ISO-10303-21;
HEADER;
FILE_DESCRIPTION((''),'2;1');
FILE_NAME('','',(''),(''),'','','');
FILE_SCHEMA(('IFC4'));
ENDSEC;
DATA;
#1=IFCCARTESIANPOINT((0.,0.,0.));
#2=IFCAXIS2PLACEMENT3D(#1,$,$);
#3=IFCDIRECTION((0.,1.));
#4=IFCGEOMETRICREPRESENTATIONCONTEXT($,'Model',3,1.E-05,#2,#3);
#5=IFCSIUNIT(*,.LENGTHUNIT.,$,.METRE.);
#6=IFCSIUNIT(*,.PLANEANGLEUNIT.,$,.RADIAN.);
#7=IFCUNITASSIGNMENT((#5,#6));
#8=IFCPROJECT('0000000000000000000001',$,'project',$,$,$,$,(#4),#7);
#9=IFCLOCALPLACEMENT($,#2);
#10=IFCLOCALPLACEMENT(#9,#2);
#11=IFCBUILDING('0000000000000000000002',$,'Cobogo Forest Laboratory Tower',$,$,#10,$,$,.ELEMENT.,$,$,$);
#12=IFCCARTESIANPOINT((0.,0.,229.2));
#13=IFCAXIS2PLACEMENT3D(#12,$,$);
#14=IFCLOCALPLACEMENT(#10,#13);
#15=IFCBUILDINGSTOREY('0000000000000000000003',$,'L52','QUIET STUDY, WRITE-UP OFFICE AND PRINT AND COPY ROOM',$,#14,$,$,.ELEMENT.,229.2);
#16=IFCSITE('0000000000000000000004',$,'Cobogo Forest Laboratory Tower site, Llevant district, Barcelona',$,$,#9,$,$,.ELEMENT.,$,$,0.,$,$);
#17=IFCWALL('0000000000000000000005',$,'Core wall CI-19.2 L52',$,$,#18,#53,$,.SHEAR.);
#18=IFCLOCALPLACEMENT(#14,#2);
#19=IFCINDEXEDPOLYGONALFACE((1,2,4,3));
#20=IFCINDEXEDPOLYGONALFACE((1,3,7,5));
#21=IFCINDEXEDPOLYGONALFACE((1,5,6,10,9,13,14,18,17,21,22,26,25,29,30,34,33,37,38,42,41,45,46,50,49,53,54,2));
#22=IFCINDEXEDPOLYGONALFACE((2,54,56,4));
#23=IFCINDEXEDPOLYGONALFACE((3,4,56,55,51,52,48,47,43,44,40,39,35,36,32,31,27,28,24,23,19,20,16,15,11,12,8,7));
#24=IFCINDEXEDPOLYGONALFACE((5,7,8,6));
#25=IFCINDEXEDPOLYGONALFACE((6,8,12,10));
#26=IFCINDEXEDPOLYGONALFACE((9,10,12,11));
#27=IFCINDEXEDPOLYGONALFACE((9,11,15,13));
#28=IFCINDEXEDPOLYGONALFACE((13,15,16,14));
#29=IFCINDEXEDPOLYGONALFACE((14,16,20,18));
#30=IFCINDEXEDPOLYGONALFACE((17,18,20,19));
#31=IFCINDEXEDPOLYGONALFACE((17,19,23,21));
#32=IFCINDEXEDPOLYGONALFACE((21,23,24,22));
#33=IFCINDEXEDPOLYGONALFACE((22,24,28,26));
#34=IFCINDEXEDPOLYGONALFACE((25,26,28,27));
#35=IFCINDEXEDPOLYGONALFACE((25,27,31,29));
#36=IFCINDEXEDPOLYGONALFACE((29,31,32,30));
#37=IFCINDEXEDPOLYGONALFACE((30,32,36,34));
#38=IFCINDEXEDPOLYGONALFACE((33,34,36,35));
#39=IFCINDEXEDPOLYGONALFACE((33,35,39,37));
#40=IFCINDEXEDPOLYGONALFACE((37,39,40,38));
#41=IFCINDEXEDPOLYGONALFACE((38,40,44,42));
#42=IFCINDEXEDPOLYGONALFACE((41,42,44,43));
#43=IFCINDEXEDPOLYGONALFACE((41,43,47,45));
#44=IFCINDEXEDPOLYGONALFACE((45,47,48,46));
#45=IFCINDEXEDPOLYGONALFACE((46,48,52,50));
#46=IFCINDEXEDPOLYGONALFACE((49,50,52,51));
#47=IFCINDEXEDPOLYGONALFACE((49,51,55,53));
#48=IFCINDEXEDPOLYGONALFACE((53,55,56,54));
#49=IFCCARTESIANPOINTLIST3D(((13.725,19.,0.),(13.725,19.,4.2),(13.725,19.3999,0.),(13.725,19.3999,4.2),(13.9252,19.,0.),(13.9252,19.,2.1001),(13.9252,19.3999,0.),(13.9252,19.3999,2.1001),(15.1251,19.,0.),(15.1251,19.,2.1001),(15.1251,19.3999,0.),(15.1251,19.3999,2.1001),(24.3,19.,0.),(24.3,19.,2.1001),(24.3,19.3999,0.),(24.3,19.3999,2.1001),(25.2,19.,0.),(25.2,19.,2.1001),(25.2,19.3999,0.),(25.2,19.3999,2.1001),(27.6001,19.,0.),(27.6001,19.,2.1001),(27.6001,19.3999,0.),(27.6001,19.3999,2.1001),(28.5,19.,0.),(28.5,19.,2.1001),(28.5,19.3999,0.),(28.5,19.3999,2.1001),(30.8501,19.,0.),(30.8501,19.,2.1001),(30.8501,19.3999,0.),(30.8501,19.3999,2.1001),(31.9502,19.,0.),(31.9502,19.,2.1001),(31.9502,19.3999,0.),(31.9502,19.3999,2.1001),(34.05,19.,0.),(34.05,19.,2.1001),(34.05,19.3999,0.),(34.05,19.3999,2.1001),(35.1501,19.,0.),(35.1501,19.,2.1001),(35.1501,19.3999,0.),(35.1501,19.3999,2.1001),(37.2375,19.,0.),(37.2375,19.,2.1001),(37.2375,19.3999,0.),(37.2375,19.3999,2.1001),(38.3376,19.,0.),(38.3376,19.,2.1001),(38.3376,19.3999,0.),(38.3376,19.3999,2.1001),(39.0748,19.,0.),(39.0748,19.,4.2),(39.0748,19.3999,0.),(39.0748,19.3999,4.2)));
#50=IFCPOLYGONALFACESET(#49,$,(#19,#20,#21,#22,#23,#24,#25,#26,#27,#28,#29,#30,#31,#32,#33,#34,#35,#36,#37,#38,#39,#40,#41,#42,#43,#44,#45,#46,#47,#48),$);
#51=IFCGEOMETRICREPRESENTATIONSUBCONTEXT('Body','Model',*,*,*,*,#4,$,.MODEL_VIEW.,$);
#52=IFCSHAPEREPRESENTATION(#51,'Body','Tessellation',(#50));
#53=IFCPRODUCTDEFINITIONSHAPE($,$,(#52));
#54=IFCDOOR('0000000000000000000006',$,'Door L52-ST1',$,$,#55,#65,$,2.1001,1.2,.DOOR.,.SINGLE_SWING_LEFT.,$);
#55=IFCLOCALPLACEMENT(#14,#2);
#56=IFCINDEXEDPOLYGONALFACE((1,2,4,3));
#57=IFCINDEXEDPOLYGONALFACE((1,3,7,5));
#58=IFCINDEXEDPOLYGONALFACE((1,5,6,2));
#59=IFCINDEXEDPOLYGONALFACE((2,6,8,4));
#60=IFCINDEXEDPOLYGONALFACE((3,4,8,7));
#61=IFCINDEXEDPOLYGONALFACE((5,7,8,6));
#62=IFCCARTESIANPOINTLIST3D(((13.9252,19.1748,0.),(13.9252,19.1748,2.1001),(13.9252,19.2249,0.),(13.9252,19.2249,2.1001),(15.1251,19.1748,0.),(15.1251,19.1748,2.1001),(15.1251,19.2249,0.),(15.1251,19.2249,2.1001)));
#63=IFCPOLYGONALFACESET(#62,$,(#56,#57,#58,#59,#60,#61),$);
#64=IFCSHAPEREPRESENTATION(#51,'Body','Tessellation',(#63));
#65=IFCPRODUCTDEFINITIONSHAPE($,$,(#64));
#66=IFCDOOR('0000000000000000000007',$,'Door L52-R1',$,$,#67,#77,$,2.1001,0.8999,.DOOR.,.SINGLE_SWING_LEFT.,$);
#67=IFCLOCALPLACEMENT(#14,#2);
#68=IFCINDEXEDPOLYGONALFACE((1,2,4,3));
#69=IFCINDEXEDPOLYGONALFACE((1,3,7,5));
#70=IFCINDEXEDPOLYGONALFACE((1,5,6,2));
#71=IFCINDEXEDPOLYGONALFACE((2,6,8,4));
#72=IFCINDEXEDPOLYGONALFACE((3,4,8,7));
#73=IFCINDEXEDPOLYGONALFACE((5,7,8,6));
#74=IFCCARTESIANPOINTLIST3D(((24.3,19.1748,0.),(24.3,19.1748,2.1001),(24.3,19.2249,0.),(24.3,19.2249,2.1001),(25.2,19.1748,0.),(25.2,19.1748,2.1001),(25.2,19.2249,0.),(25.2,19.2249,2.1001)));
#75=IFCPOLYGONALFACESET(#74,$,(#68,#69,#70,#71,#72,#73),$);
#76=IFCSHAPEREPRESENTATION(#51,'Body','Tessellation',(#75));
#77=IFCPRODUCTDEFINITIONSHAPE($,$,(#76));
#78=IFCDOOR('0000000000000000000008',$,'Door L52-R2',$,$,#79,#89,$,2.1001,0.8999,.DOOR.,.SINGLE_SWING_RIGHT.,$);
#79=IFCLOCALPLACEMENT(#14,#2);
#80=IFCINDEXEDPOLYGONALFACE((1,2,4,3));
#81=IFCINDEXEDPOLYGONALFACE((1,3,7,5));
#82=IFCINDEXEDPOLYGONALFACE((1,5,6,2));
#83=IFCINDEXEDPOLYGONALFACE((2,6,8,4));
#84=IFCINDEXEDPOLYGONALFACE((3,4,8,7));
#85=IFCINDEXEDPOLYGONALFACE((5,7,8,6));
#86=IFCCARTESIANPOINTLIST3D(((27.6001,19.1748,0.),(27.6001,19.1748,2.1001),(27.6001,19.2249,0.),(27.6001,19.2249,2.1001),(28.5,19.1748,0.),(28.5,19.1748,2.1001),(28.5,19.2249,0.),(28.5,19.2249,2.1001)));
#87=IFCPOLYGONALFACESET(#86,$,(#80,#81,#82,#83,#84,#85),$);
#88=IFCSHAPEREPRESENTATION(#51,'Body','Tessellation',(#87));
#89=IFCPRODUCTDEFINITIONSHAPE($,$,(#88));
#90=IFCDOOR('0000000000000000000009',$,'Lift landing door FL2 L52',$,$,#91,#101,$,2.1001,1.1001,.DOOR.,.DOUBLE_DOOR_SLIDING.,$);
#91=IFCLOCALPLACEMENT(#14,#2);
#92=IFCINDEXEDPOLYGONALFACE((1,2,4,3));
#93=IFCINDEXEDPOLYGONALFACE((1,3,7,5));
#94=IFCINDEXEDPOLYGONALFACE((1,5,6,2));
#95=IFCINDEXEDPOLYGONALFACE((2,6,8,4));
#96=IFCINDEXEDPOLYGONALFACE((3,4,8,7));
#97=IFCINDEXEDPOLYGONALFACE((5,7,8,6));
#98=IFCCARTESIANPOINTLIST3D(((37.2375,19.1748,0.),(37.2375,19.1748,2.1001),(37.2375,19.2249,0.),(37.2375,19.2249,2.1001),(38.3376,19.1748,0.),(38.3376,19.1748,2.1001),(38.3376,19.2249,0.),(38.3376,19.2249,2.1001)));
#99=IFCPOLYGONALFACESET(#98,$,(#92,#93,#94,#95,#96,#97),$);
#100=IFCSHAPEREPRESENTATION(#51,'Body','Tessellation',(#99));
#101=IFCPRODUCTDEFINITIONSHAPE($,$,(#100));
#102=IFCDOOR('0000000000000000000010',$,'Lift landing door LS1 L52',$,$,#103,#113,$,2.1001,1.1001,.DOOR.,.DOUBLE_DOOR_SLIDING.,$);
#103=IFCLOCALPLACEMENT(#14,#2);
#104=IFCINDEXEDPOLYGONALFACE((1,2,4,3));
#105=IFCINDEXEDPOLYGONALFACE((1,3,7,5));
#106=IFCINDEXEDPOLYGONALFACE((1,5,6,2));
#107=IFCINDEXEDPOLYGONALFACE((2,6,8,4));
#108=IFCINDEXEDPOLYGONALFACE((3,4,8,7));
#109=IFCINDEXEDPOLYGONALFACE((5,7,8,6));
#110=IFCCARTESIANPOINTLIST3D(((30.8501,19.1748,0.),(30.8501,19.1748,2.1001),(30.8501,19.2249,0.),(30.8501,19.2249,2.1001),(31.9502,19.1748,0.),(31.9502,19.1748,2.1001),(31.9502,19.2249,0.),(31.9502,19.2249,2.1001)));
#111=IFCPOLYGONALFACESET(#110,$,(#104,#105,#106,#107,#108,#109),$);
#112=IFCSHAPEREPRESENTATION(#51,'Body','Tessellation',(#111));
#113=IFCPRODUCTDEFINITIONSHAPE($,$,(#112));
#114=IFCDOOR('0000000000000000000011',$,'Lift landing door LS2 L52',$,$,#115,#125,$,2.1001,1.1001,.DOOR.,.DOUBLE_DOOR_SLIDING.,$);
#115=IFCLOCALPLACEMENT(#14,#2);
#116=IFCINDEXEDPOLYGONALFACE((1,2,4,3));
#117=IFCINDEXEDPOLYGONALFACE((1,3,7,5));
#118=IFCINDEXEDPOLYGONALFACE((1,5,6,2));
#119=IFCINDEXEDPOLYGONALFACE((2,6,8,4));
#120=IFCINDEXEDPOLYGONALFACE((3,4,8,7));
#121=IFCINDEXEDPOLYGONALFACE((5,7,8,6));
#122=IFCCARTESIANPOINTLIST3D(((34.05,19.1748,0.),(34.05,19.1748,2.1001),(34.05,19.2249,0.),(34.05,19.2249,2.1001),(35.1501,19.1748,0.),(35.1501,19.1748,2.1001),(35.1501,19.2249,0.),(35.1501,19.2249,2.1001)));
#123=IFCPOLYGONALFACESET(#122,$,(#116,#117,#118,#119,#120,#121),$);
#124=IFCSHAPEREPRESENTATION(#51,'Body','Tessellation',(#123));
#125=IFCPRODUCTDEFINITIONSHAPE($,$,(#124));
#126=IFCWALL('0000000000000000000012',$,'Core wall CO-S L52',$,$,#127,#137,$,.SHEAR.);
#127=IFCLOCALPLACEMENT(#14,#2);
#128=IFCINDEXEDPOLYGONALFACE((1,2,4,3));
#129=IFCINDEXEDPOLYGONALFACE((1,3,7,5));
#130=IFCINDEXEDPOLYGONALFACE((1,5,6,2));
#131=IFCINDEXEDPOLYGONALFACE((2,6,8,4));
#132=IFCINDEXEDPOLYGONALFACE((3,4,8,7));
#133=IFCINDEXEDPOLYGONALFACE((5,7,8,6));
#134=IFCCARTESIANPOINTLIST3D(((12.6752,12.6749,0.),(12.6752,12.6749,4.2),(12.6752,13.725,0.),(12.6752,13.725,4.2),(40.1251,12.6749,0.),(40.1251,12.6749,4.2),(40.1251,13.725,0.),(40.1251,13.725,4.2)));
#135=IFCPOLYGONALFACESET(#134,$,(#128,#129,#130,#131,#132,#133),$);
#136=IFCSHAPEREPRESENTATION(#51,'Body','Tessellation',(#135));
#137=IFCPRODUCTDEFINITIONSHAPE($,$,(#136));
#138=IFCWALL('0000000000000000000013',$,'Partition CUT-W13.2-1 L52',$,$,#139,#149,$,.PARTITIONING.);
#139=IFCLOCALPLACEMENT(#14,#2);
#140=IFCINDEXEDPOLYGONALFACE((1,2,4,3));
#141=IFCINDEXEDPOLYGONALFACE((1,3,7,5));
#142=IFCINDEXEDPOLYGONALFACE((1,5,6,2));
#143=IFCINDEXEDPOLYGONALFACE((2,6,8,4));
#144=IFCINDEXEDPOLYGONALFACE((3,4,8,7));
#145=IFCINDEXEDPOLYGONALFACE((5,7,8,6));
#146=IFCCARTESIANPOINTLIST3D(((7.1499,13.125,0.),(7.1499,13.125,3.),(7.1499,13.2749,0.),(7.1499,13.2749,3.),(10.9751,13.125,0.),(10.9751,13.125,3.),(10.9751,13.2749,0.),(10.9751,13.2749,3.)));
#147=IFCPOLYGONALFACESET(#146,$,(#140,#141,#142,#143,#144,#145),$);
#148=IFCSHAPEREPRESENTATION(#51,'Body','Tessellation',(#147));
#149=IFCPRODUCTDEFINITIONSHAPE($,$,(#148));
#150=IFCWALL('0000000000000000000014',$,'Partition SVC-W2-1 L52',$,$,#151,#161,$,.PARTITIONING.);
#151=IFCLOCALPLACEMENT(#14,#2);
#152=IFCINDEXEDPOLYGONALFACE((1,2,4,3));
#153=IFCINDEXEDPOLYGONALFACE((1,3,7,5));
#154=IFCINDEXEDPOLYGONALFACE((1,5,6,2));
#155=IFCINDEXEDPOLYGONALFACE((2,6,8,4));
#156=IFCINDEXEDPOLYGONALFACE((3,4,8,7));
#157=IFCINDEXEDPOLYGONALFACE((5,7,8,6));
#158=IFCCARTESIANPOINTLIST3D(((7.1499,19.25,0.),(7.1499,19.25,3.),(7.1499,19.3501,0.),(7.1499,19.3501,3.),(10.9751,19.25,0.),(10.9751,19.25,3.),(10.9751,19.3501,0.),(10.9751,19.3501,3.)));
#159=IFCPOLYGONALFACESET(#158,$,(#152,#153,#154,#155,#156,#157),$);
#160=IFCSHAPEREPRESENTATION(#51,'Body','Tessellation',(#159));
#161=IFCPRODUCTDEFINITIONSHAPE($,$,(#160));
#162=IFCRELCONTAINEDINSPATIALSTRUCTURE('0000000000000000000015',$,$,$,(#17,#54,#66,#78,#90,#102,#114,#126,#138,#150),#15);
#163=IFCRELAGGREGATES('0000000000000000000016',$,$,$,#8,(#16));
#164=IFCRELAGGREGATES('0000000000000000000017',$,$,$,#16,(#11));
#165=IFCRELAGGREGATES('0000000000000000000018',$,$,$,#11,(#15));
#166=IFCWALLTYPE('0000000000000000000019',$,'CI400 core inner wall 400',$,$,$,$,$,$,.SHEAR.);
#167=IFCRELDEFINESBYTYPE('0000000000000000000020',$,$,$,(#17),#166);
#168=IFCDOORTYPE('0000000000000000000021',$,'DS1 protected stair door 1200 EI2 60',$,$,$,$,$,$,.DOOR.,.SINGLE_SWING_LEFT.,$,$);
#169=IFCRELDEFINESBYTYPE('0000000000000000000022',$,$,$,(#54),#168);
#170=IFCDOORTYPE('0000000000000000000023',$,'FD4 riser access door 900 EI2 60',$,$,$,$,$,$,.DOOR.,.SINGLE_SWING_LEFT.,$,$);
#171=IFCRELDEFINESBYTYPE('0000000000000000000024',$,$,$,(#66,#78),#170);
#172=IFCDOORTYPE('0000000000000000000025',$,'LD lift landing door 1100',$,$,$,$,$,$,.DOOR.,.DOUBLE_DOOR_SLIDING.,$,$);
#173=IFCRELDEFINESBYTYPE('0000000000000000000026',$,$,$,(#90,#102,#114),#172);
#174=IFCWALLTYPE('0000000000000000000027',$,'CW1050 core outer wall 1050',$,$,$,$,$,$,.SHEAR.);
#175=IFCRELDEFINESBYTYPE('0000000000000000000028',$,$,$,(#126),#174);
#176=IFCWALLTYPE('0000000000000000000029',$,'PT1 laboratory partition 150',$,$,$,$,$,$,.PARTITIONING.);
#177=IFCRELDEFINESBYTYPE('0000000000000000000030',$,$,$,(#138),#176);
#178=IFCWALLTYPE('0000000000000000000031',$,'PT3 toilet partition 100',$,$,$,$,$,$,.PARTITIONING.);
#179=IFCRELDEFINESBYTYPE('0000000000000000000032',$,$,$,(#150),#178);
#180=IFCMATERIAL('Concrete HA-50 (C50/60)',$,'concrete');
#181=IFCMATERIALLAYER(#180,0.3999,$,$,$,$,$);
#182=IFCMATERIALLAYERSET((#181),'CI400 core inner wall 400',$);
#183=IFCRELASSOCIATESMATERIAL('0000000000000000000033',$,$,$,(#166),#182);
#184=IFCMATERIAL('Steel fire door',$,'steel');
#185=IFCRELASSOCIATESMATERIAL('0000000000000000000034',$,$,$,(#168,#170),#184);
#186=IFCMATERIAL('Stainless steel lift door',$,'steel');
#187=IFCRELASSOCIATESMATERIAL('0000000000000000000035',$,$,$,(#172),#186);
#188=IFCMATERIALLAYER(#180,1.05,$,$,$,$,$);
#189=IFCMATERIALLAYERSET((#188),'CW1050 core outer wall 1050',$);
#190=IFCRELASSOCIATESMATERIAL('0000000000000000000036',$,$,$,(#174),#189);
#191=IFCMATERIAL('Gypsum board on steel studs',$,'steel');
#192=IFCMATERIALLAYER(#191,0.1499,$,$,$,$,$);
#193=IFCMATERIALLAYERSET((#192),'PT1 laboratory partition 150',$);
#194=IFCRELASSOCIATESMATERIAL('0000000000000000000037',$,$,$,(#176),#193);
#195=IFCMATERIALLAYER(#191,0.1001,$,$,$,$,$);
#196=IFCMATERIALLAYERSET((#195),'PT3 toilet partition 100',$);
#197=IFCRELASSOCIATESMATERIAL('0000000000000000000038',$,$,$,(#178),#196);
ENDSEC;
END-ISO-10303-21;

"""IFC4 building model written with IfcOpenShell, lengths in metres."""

from ifc_helpers import new_model, si_unit, direction, frame, frame_2d, origin, place, context, subcontext, project, spatial, rectangle, extrude, material, layer, layer_set, type_object, element, fill, save


model = new_model("IFC4")

# Units and contexts
model_context = context("Model", 3, precision=1e-05, world=origin(), true_north=direction((0.0, 1.0)))
body_context = subcontext(model_context, "Body", "Model", "MODEL_VIEW")
ifc_project = project(units=[si_unit("LENGTHUNIT", "METRE"), si_unit("PLANEANGLEUNIT", "RADIAN")], contexts=[model_context])

# Site, building, storey
site_placement = place(None, origin())
site = spatial("IfcSite", under=ifc_project, at=site_placement, Name="Cobogo Forest Laboratory Tower site, Llevant district, Barcelona", CompositionType="ELEMENT", RefElevation=0.0)
building_placement = place(site_placement, origin())
building = spatial("IfcBuilding", under=site, at=building_placement, Name="Cobogo Forest Laboratory Tower", CompositionType="ELEMENT")
storey_placement = place(building_placement, frame((0.0, 0.0, 229.2)))
storey = spatial("IfcBuildingStorey", under=building, at=storey_placement, Name="L52", Description="QUIET STUDY, WRITE-UP OFFICE AND PRINT AND COPY ROOM", CompositionType="ELEMENT", Elevation=229.2)

# Shared definitions
ifc_material_1 = material(Name="Concrete HA-50 (C50/60)", Category="concrete")

# Wall, openings, doors
ifc_layer_1 = layer(ifc_material_1, 0.3999)
ifc_layer_set_1 = layer_set([ifc_layer_1], Name="CI400 core inner wall 400")
wall_type_1 = type_object("IfcWallType", Name="CI400 core inner wall 400", PredefinedType="SHEAR", material=ifc_layer_set_1)
ifc_material_2 = material(Name="Steel fire door", Category="steel")
wall_1_placement = place(storey_placement, frame((13.7251, 19.2, 0.0), z_axis=(0.0, 0.0, 1.0), x_axis=(1.0, 0.0, 0.0)))
wall_1 = element("IfcWall", 1, at=wall_1_placement, inside=storey, type_object=wall_type_1, Name="Core wall CI-19.2 L52", PredefinedType="SHEAR", context=body_context, shape_type="SweptSolid", body=[
    extrude(rectangle(XDim=25.3499, YDim=0.3999, at=frame_2d((12.6748, 0.0))), origin(), (0.0, 0.0, 1.0), 4.2),
])
opening_1_placement = place(wall_1_placement, frame((10.575, 0.0, 0.0)))
opening_1 = element("IfcOpeningElement", 2, at=opening_1_placement, cuts=wall_1, PredefinedType="OPENING", context=body_context, shape_type="SweptSolid", body=[
    extrude(rectangle(XDim=0.8999, YDim=2.1001, at=frame_2d((0.45, 1.05))), frame((0.0, 0.21, 0.0), z_axis=(0.0, -1.0, 0.0), x_axis=(1.0, 0.0, 0.0)), (0.0, 0.0, 1.0), 0.4199),
])
opening_2_placement = place(wall_1_placement, frame((13.875, 0.0, 0.0)))
opening_2 = element("IfcOpeningElement", 3, at=opening_2_placement, cuts=wall_1, PredefinedType="OPENING", context=body_context, shape_type="SweptSolid", body=[
    extrude(rectangle(XDim=0.8999, YDim=2.1001, at=frame_2d((0.45, 1.05))), frame((0.0, 0.21, 0.0), z_axis=(0.0, -1.0, 0.0), x_axis=(1.0, 0.0, 0.0)), (0.0, 0.0, 1.0), 0.4199),
])
opening_3_placement = place(wall_1_placement, frame((0.2, 0.0, 0.0)))
opening_3 = element("IfcOpeningElement", 4, at=opening_3_placement, cuts=wall_1, PredefinedType="OPENING", context=body_context, shape_type="SweptSolid", body=[
    extrude(rectangle(XDim=1.2, YDim=2.1001, at=frame_2d((0.6001, 1.05))), frame((0.0, 0.21, 0.0), z_axis=(0.0, -1.0, 0.0), x_axis=(1.0, 0.0, 0.0)), (0.0, 0.0, 1.0), 0.4199),
])
opening_4_placement = place(wall_1_placement, frame((23.5125, 0.0, 0.0)))
opening_4 = element("IfcOpeningElement", 5, at=opening_4_placement, cuts=wall_1, PredefinedType="OPENING", context=body_context, shape_type="SweptSolid", body=[
    extrude(rectangle(XDim=1.1001, YDim=2.1001, at=frame_2d((0.55, 1.05))), frame((0.0, 0.21, 0.0), z_axis=(0.0, -1.0, 0.0), x_axis=(1.0, 0.0, 0.0)), (0.0, 0.0, 1.0), 0.4199),
])
opening_5_placement = place(wall_1_placement, frame((17.125, 0.0, 0.0)))
opening_5 = element("IfcOpeningElement", 6, at=opening_5_placement, cuts=wall_1, PredefinedType="OPENING", context=body_context, shape_type="SweptSolid", body=[
    extrude(rectangle(XDim=1.1001, YDim=2.1001, at=frame_2d((0.55, 1.05))), frame((0.0, 0.21, 0.0), z_axis=(0.0, -1.0, 0.0), x_axis=(1.0, 0.0, 0.0)), (0.0, 0.0, 1.0), 0.4199),
])
opening_6_placement = place(wall_1_placement, frame((20.325, 0.0, 0.0)))
opening_6 = element("IfcOpeningElement", 7, at=opening_6_placement, cuts=wall_1, PredefinedType="OPENING", context=body_context, shape_type="SweptSolid", body=[
    extrude(rectangle(XDim=1.1001, YDim=2.1001, at=frame_2d((0.55, 1.05))), frame((0.0, 0.21, 0.0), z_axis=(0.0, -1.0, 0.0), x_axis=(1.0, 0.0, 0.0)), (0.0, 0.0, 1.0), 0.4199),
])
door_type_1 = type_object("IfcDoorType", Name="DS1 protected stair door 1200 EI2 60", OperationType="SINGLE_SWING_LEFT", PredefinedType="DOOR", material=ifc_material_2)
door_1_placement = place(opening_3_placement, origin())
door_1 = element("IfcDoor", 8, at=door_1_placement, inside=storey, type_object=door_type_1, Name="Door L52-ST1", OperationType="SINGLE_SWING_LEFT", OverallHeight=2.1001, OverallWidth=1.2, PredefinedType="DOOR", context=body_context, shape_type="SweptSolid", body=[
    extrude(rectangle(XDim=1.2, YDim=2.1001, at=frame_2d((0.6001, 1.05))), frame((0.0, 0.0249, 0.0), z_axis=(0.0, -1.0, 0.0), x_axis=(1.0, 0.0, 0.0)), (0.0, 0.0, 1.0), 0.05),
])
fill(opening_3, door_1)
door_type_2 = type_object("IfcDoorType", Name="FD4 riser access door 900 EI2 60", OperationType="SINGLE_SWING_LEFT", PredefinedType="DOOR", material=ifc_material_2)
door_2_placement = place(opening_1_placement, origin())
door_2 = element("IfcDoor", 9, at=door_2_placement, inside=storey, type_object=door_type_2, Name="Door L52-R1", OperationType="SINGLE_SWING_LEFT", OverallHeight=2.1001, OverallWidth=0.8999, PredefinedType="DOOR", context=body_context, shape_type="SweptSolid", body=[
    extrude(rectangle(XDim=0.8999, YDim=2.1001, at=frame_2d((0.45, 1.05))), frame((0.0, 0.0249, 0.0), z_axis=(0.0, -1.0, 0.0), x_axis=(1.0, 0.0, 0.0)), (0.0, 0.0, 1.0), 0.05),
])
fill(opening_1, door_2)
door_3_placement = place(opening_2_placement, origin())
door_3 = element("IfcDoor", 10, at=door_3_placement, inside=storey, type_object=door_type_2, Name="Door L52-R2", OperationType="SINGLE_SWING_RIGHT", OverallHeight=2.1001, OverallWidth=0.8999, PredefinedType="DOOR", context=body_context, shape_type="SweptSolid", body=[
    extrude(rectangle(XDim=0.8999, YDim=2.1001, at=frame_2d((0.45, 1.05))), frame((0.0, 0.0249, 0.0), z_axis=(0.0, -1.0, 0.0), x_axis=(1.0, 0.0, 0.0)), (0.0, 0.0, 1.0), 0.05),
])
fill(opening_2, door_3)
ifc_material_3 = material(Name="Stainless steel lift door", Category="steel")
door_type_3 = type_object("IfcDoorType", Name="LD lift landing door 1100", OperationType="DOUBLE_DOOR_SLIDING", PredefinedType="DOOR", material=ifc_material_3)
door_4_placement = place(opening_4_placement, origin())
door_4 = element("IfcDoor", 11, at=door_4_placement, inside=storey, type_object=door_type_3, Name="Lift landing door FL2 L52", OperationType="DOUBLE_DOOR_SLIDING", OverallHeight=2.1001, OverallWidth=1.1001, PredefinedType="DOOR", context=body_context, shape_type="SweptSolid", body=[
    extrude(rectangle(XDim=1.1001, YDim=2.1001, at=frame_2d((0.55, 1.05))), frame((0.0, 0.0249, 0.0), z_axis=(0.0, -1.0, 0.0), x_axis=(1.0, 0.0, 0.0)), (0.0, 0.0, 1.0), 0.05),
])
fill(opening_4, door_4)
door_5_placement = place(opening_5_placement, origin())
door_5 = element("IfcDoor", 12, at=door_5_placement, inside=storey, type_object=door_type_3, Name="Lift landing door LS1 L52", OperationType="DOUBLE_DOOR_SLIDING", OverallHeight=2.1001, OverallWidth=1.1001, PredefinedType="DOOR", context=body_context, shape_type="SweptSolid", body=[
    extrude(rectangle(XDim=1.1001, YDim=2.1001, at=frame_2d((0.55, 1.05))), frame((0.0, 0.0249, 0.0), z_axis=(0.0, -1.0, 0.0), x_axis=(1.0, 0.0, 0.0)), (0.0, 0.0, 1.0), 0.05),
])
fill(opening_5, door_5)
door_6_placement = place(opening_6_placement, origin())
door_6 = element("IfcDoor", 13, at=door_6_placement, inside=storey, type_object=door_type_3, Name="Lift landing door LS2 L52", OperationType="DOUBLE_DOOR_SLIDING", OverallHeight=2.1001, OverallWidth=1.1001, PredefinedType="DOOR", context=body_context, shape_type="SweptSolid", body=[
    extrude(rectangle(XDim=1.1001, YDim=2.1001, at=frame_2d((0.55, 1.05))), frame((0.0, 0.0249, 0.0), z_axis=(0.0, -1.0, 0.0), x_axis=(1.0, 0.0, 0.0)), (0.0, 0.0, 1.0), 0.05),
])
fill(opening_6, door_6)

# Walls
ifc_layer_2 = layer(ifc_material_1, 1.05)
ifc_layer_set_2 = layer_set([ifc_layer_2], Name="CW1050 core outer wall 1050")
wall_type_2 = type_object("IfcWallType", Name="CW1050 core outer wall 1050", PredefinedType="SHEAR", material=ifc_layer_set_2)
wall_2_placement = place(storey_placement, frame((12.675, 13.2, 0.0), z_axis=(0.0, 0.0, 1.0), x_axis=(1.0, 0.0, 0.0)))
element("IfcWall", 14, at=wall_2_placement, inside=storey, type_object=wall_type_2, Name="Core wall CO-S L52", PredefinedType="SHEAR", context=body_context, shape_type="SweptSolid", body=[
    extrude(rectangle(XDim=27.45, YDim=1.05, at=frame_2d((13.7251, 0.0))), origin(), (0.0, 0.0, 1.0), 4.2),
])
ifc_material_4 = material(Name="Gypsum board on steel studs", Category="steel")
ifc_layer_3 = layer(ifc_material_4, 0.1499)
ifc_layer_set_3 = layer_set([ifc_layer_3], Name="PT1 laboratory partition 150")
wall_type_3 = type_object("IfcWallType", Name="PT1 laboratory partition 150", PredefinedType="PARTITIONING", material=ifc_layer_set_3)
wall_3_placement = place(storey_placement, frame((7.1499, 13.2, 0.0), z_axis=(0.0, 0.0, 1.0), x_axis=(1.0, 0.0, 0.0)))
element("IfcWall", 15, at=wall_3_placement, inside=storey, type_object=wall_type_3, Name="Partition CUT-W13.2-1 L52", PredefinedType="PARTITIONING", context=body_context, shape_type="SweptSolid", body=[
    extrude(rectangle(XDim=3.8252, YDim=0.1499, at=frame_2d((1.9126, 0.0))), origin(), (0.0, 0.0, 1.0), 3.0),
])
ifc_layer_4 = layer(ifc_material_4, 0.1001)
ifc_layer_set_4 = layer_set([ifc_layer_4], Name="PT3 toilet partition 100")
wall_type_4 = type_object("IfcWallType", Name="PT3 toilet partition 100", PredefinedType="PARTITIONING", material=ifc_layer_set_4)
wall_4_placement = place(storey_placement, frame((7.1499, 19.3, 0.0), z_axis=(0.0, 0.0, 1.0), x_axis=(1.0, 0.0, 0.0)))
element("IfcWall", 16, at=wall_4_placement, inside=storey, type_object=wall_type_4, Name="Partition SVC-W2-1 L52", PredefinedType="PARTITIONING", context=body_context, shape_type="SweptSolid", body=[
    extrude(rectangle(XDim=3.8252, YDim=0.1001, at=frame_2d((1.9126, 0.0))), origin(), (0.0, 0.0, 1.0), 3.0),
])

save(model, "model.ifc")
